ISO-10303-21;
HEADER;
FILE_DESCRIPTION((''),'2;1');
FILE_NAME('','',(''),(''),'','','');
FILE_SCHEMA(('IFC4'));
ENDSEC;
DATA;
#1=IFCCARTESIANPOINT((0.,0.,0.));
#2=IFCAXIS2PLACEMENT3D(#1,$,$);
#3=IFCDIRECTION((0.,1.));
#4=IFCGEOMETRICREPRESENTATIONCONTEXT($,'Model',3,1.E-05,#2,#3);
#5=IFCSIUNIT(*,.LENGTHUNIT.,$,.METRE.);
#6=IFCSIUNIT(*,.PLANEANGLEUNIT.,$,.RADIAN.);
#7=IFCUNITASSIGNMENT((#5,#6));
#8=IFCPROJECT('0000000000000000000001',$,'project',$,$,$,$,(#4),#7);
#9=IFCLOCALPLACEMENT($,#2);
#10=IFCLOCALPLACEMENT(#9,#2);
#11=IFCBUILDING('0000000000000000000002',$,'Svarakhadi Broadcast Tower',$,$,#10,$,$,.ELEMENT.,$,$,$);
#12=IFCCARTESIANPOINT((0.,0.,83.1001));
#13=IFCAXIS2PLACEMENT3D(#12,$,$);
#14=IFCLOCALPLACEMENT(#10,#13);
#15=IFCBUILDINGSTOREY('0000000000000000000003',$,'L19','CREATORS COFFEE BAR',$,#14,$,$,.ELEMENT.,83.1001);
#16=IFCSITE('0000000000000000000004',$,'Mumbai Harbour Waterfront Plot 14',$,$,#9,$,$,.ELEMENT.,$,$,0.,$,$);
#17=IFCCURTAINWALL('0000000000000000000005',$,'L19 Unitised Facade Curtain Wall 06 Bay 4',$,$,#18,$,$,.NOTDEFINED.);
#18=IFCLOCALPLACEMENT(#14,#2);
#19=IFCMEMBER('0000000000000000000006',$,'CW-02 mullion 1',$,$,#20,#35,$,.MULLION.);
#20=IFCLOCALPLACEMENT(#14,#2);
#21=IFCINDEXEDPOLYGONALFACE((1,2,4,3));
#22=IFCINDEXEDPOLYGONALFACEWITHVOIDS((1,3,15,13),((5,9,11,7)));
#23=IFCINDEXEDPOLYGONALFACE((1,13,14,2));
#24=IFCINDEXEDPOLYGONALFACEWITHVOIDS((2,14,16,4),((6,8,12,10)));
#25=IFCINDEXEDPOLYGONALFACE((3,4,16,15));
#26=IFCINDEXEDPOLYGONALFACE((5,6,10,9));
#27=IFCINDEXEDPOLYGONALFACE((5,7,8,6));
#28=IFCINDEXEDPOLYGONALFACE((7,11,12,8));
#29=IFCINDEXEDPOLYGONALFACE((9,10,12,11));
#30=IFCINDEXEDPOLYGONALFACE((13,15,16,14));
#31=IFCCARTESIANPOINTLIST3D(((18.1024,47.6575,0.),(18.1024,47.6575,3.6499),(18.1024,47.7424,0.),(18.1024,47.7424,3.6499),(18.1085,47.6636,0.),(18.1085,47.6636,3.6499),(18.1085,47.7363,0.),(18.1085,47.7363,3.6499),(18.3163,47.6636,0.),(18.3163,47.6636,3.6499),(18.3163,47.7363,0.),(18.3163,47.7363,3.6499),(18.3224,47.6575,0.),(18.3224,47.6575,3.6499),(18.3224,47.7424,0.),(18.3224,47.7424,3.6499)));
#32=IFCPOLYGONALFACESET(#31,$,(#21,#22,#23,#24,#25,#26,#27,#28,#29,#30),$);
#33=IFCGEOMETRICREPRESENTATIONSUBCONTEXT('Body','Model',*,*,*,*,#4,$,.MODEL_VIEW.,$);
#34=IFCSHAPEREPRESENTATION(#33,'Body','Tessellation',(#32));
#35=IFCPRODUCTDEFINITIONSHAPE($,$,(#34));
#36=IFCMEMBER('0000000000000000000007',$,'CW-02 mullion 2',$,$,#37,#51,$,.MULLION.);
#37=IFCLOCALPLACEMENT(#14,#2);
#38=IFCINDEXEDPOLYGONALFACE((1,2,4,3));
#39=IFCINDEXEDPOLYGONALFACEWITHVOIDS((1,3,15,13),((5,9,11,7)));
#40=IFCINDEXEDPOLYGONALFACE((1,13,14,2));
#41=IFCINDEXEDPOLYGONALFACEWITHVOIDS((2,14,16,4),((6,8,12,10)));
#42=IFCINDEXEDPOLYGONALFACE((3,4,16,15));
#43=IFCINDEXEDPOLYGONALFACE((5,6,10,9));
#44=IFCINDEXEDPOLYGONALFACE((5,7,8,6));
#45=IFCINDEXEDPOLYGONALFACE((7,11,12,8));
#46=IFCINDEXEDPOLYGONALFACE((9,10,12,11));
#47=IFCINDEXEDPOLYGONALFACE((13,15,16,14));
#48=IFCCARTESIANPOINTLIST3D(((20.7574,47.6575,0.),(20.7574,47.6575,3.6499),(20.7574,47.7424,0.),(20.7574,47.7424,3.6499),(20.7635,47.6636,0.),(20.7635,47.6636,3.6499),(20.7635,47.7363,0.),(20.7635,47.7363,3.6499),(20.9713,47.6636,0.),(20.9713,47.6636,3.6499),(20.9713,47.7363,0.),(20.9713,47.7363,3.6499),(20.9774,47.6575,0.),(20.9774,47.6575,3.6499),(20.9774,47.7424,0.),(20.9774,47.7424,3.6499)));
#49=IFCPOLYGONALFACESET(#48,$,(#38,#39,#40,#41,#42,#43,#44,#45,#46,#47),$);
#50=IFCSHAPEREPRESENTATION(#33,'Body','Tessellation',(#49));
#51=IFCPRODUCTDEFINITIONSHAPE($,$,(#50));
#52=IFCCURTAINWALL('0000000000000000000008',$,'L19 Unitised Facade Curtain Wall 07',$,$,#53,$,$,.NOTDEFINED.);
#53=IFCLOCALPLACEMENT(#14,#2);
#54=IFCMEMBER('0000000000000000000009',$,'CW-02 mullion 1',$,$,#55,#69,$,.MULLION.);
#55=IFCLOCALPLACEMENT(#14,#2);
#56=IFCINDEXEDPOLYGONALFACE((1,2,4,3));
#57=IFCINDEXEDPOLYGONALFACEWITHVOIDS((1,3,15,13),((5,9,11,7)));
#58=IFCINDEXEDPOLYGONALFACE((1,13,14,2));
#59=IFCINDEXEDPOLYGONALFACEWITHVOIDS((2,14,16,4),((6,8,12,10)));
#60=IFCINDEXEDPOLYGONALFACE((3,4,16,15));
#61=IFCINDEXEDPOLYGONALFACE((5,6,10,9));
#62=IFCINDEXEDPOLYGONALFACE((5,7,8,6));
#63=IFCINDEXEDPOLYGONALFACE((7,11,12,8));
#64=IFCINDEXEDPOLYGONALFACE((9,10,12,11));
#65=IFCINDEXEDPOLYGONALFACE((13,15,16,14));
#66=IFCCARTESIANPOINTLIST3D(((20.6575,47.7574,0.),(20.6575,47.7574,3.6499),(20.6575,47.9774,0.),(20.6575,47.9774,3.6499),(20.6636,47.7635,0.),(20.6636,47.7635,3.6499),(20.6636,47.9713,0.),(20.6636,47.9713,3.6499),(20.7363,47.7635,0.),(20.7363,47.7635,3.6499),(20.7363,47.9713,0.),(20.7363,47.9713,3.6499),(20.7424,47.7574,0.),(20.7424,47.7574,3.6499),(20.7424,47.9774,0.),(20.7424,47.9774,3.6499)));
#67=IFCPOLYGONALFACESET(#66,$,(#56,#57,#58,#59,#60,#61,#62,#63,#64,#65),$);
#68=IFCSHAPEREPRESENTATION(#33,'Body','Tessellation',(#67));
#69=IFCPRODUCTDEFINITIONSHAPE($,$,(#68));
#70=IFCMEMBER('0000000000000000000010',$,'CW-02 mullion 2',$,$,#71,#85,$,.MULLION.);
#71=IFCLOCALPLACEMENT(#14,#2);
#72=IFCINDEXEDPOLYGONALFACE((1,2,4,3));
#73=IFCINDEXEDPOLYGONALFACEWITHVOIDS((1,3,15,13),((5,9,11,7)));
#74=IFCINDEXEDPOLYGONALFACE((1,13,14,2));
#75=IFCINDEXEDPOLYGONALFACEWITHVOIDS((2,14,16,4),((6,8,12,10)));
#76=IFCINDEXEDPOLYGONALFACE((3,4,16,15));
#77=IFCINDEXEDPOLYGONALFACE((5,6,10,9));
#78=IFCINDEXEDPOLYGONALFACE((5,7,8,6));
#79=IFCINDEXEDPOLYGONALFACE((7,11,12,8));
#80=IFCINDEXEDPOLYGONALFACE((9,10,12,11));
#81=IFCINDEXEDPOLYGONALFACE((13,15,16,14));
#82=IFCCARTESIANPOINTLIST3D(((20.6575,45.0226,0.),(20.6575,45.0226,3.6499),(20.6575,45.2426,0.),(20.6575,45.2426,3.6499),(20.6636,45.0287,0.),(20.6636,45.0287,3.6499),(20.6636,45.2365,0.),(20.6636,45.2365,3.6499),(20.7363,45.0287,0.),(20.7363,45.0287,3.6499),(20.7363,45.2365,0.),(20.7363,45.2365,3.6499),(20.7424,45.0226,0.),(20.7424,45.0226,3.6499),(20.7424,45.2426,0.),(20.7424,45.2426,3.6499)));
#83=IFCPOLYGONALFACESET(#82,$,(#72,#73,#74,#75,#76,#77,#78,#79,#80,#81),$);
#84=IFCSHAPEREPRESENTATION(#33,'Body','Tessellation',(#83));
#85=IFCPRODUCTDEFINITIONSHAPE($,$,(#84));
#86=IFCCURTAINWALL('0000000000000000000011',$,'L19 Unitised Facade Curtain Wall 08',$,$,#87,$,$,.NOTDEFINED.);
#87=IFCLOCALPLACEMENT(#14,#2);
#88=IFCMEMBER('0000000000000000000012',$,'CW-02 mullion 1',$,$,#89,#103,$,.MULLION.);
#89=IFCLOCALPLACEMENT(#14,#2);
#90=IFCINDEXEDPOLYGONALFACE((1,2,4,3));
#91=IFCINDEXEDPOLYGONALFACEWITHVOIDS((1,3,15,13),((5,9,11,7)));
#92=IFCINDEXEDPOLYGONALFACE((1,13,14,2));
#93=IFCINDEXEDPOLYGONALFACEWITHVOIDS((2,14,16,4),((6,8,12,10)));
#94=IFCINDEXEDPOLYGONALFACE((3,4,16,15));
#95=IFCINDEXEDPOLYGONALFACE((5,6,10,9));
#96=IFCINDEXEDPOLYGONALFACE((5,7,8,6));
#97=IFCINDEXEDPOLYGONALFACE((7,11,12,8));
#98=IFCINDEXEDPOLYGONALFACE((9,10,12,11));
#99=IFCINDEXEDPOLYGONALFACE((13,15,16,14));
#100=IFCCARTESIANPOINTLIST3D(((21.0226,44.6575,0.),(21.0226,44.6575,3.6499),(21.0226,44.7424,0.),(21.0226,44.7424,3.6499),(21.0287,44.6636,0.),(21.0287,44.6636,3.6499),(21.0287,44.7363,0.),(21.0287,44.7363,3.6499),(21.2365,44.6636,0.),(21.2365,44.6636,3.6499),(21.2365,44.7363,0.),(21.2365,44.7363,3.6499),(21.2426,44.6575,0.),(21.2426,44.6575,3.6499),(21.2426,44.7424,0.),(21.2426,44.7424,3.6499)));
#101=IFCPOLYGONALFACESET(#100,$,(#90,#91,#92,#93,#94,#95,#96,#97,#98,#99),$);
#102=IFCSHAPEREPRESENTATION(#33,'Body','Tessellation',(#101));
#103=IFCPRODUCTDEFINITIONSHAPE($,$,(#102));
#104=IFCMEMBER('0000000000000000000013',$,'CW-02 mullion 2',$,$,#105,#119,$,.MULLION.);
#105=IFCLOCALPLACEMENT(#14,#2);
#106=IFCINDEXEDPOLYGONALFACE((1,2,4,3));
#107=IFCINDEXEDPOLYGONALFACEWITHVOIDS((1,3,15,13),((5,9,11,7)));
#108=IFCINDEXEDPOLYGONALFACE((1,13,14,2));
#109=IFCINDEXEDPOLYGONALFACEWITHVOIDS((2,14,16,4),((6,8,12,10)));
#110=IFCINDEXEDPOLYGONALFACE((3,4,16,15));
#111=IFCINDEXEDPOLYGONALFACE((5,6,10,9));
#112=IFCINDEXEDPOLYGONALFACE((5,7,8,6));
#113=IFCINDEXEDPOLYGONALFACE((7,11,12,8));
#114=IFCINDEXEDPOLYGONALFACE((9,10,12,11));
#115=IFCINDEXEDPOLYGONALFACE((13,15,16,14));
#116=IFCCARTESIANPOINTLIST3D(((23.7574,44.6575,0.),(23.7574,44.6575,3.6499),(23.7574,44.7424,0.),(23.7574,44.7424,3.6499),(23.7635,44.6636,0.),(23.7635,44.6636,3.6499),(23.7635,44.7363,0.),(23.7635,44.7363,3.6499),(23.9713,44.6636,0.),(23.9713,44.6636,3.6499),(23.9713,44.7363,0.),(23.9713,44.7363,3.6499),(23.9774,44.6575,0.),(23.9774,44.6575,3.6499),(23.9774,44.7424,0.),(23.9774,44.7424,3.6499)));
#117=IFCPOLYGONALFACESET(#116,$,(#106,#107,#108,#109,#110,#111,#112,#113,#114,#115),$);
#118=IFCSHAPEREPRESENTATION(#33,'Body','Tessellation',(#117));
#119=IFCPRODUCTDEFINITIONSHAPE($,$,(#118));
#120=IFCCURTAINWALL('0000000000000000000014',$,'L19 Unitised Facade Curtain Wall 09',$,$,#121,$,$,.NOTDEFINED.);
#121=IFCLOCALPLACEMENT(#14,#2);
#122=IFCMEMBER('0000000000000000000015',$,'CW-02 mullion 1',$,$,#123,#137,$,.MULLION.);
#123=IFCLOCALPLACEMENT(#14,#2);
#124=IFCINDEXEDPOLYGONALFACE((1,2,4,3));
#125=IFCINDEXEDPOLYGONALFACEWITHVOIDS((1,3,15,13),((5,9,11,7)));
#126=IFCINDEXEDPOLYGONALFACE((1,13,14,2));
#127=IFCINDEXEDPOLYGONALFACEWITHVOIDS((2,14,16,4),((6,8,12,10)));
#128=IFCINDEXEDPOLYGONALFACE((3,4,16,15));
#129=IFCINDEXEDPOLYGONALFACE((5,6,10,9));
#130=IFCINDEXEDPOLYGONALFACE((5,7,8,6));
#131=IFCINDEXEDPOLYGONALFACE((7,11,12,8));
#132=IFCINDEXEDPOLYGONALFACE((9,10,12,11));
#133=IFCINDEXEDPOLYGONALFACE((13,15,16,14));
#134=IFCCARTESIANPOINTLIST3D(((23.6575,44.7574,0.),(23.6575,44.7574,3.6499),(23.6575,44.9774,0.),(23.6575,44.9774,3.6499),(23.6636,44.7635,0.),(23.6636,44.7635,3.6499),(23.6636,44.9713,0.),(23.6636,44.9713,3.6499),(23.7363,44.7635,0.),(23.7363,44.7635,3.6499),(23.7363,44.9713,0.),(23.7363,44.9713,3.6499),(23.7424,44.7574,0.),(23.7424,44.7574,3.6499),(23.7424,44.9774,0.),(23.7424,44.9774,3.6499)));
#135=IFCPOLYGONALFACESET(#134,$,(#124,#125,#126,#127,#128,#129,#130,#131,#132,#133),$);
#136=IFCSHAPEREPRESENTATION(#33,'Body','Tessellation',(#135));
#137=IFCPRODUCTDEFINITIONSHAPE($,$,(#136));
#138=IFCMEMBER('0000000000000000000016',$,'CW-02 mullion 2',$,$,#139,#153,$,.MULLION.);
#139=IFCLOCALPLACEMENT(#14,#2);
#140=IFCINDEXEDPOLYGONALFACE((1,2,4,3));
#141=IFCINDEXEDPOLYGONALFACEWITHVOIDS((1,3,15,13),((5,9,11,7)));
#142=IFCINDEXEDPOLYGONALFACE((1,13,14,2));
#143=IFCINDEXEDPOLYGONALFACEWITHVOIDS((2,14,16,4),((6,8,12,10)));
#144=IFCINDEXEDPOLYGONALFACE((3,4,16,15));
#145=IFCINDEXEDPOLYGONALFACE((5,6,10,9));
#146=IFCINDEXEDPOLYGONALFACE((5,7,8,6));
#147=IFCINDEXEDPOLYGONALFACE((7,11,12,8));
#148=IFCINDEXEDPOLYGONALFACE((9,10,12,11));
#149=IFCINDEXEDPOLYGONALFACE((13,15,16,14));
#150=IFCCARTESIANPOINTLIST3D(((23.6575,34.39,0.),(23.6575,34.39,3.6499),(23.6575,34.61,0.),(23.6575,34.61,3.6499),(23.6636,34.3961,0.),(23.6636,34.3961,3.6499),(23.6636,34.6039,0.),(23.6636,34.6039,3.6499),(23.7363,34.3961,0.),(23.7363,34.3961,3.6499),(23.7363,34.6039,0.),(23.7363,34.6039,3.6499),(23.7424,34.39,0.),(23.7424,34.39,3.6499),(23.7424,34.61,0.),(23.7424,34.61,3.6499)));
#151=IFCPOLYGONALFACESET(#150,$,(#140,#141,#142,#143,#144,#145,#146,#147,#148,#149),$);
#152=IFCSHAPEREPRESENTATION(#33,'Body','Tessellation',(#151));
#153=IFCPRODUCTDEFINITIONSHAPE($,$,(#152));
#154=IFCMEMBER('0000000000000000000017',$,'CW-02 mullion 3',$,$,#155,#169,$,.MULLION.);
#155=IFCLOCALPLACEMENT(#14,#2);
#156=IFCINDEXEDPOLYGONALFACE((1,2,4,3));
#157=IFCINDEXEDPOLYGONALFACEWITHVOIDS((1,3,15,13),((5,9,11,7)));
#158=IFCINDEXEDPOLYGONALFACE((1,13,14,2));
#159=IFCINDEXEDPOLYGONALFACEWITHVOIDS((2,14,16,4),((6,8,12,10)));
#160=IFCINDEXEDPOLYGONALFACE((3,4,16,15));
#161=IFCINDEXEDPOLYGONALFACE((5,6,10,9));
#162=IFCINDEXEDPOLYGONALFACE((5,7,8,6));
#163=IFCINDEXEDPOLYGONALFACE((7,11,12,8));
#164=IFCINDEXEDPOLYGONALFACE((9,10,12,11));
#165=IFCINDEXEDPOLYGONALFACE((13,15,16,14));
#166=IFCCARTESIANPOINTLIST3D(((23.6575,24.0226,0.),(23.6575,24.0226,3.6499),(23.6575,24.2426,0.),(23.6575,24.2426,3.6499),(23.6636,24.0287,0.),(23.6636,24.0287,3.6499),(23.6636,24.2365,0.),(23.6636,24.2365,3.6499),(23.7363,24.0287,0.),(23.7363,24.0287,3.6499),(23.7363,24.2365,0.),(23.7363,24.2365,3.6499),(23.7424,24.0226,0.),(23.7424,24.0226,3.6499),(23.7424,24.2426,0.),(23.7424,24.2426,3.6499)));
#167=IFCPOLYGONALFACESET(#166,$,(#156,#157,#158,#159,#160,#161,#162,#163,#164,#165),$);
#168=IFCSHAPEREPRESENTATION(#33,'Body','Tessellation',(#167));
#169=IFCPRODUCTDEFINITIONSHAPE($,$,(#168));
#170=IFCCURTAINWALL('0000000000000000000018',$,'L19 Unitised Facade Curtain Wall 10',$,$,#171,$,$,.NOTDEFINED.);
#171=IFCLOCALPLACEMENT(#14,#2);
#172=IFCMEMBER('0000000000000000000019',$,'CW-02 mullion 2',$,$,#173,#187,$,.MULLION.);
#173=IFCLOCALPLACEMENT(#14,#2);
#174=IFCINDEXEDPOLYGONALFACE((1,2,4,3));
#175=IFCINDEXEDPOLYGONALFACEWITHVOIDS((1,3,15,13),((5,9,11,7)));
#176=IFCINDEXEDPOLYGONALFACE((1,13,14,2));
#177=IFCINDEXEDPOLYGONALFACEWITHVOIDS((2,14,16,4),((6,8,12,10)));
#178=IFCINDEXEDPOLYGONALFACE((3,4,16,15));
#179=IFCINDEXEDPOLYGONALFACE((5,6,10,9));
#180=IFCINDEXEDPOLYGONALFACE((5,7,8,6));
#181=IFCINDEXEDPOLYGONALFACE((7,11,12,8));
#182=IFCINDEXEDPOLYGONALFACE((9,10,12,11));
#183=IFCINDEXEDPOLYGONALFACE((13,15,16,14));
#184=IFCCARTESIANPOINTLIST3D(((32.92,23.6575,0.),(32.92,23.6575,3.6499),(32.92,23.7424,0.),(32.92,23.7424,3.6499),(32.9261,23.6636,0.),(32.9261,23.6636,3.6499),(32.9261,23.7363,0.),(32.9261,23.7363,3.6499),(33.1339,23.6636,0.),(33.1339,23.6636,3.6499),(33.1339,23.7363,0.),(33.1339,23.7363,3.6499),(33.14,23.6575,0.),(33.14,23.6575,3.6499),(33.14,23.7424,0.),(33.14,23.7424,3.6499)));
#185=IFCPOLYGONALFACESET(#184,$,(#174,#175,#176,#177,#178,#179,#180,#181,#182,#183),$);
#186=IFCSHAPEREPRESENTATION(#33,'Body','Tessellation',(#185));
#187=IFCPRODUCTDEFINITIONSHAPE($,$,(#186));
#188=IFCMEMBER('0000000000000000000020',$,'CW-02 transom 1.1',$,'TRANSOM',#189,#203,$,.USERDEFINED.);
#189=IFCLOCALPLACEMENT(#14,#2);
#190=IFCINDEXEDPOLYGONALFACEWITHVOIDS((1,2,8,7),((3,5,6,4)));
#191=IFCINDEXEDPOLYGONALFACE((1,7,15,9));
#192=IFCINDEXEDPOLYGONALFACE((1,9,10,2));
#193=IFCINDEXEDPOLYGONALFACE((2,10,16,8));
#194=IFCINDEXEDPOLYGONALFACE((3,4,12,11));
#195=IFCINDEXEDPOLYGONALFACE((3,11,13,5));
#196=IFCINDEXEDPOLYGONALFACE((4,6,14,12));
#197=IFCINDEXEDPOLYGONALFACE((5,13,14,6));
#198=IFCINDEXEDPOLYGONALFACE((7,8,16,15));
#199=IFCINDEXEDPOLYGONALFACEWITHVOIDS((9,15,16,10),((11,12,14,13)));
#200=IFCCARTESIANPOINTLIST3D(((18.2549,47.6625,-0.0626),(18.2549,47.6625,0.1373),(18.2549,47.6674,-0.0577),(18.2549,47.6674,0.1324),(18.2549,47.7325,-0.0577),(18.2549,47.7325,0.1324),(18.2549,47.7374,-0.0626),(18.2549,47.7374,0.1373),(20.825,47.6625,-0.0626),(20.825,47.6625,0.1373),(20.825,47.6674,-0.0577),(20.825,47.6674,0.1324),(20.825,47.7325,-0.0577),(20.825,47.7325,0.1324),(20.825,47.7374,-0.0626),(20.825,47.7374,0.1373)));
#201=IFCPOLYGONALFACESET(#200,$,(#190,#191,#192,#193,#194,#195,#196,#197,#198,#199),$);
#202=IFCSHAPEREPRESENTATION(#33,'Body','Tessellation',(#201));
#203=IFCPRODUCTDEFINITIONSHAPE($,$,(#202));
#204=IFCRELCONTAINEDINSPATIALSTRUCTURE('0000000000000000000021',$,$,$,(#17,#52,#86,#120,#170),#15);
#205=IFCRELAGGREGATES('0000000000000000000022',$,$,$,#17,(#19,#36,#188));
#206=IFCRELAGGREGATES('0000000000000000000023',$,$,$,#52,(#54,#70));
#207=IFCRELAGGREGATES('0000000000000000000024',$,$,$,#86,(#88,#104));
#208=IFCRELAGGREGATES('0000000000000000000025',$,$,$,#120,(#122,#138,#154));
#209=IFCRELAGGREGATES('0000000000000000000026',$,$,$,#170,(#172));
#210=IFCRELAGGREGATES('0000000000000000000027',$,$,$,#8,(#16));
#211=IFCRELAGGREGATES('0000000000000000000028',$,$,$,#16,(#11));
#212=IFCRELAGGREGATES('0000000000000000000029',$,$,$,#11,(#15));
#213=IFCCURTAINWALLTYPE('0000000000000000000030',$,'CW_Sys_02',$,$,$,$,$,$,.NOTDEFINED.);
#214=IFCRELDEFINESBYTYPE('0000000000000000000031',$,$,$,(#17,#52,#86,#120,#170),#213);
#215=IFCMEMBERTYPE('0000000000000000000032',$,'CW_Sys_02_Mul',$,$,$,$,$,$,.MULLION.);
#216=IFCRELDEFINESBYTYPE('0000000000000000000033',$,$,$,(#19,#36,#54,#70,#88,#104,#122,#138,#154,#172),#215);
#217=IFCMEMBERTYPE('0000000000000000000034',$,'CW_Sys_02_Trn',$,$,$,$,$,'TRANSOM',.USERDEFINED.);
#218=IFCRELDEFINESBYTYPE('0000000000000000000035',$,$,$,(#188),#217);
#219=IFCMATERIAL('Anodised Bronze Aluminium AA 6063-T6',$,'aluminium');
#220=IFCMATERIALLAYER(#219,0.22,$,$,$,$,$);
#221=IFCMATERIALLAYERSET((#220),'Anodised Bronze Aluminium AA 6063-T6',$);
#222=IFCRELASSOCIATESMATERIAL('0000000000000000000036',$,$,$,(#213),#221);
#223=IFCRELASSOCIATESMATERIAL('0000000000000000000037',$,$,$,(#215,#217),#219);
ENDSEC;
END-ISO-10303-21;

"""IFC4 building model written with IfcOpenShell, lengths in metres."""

from ifc_helpers import new_model, si_unit, direction, frame, origin, origin_2d, place, context, subcontext, project, spatial, hollow_rectangle, extrude, material, layer, layer_set, material_profile, profile_set, type_object, element, aggregate, save


model = new_model("IFC4")

# Units and contexts
model_context = context("Model", 3, precision=1e-05, world=origin(), true_north=direction((0.0, 1.0)))
body_context = subcontext(model_context, "Body", "Model", "MODEL_VIEW")
ifc_project = project(units=[si_unit("LENGTHUNIT", "METRE"), si_unit("PLANEANGLEUNIT", "RADIAN")], contexts=[model_context])

# Site, building, storey
site_placement = place(None, origin())
site = spatial("IfcSite", under=ifc_project, at=site_placement, Name="Mumbai Harbour Waterfront Plot 14", CompositionType="ELEMENT", RefElevation=0.0)
building_placement = place(site_placement, origin())
building = spatial("IfcBuilding", under=site, at=building_placement, Name="Svarakhadi Broadcast Tower", CompositionType="ELEMENT")
storey_placement = place(building_placement, frame((0.0, 0.0, 83.1001)))
storey = spatial("IfcBuildingStorey", under=building, at=storey_placement, Name="L19", Description="CREATORS COFFEE BAR", CompositionType="ELEMENT", Elevation=83.1001)

# Curtain walls, members
ifc_material_1 = material(Name="Anodised Bronze Aluminium AA 6063-T6", Category="aluminium")
ifc_layer_1 = layer(ifc_material_1, 0.22)
ifc_layer_set_1 = layer_set([ifc_layer_1], Name="Anodised Bronze Aluminium AA 6063-T6")
curtain_wall_type = type_object("IfcCurtainWallType", Name="CW_Sys_02", PredefinedType="NOTDEFINED", material=ifc_layer_set_1)
curtain_wall_1_placement = place(storey_placement, origin())
curtain_wall_1 = element("IfcCurtainWall", 1, at=curtain_wall_1_placement, inside=storey, type_object=curtain_wall_type, Name="L19 Unitised Facade Curtain Wall 06 Bay 4", PredefinedType="NOTDEFINED")
ifc_material_profile_1 = material_profile(ifc_material_1, hollow_rectangle(XDim=0.085, YDim=0.22, WallThickness=0.0061, at=origin_2d()), Name="ALU MULLION 220x85x6")
ifc_profile_set_1 = profile_set([ifc_material_profile_1], Name="Anodised Bronze Aluminium AA 6063-T6")
member_type_1 = type_object("IfcMemberType", Name="CW_Sys_02_Mul", PredefinedType="MULLION", material=ifc_profile_set_1)
member_1_placement = place(storey_placement, frame((18.2124, 47.7, 0.0), z_axis=(0.0, 0.0, 1.0), x_axis=(0.0, 1.0, 0.0)))
member_1 = element("IfcMember", 2, at=member_1_placement, type_object=member_type_1, Name="CW-02 mullion 1", PredefinedType="MULLION", context=body_context, shape_type="SweptSolid", body=[
    extrude(hollow_rectangle(XDim=0.085, YDim=0.22, WallThickness=0.0061, at=origin_2d()), origin(), (0.0, 0.0, 1.0), 3.6499),
])
member_2_placement = place(storey_placement, frame((20.8674, 47.7, 0.0), z_axis=(0.0, 0.0, 1.0), x_axis=(0.0, 1.0, 0.0)))
member_2 = element("IfcMember", 3, at=member_2_placement, type_object=member_type_1, Name="CW-02 mullion 2", PredefinedType="MULLION", context=body_context, shape_type="SweptSolid", body=[
    extrude(hollow_rectangle(XDim=0.085, YDim=0.22, WallThickness=0.0061, at=origin_2d()), origin(), (0.0, 0.0, 1.0), 3.6499),
])
curtain_wall_2_placement = place(storey_placement, origin())
curtain_wall_2 = element("IfcCurtainWall", 4, at=curtain_wall_2_placement, inside=storey, type_object=curtain_wall_type, Name="L19 Unitised Facade Curtain Wall 07", PredefinedType="NOTDEFINED")
member_3_placement = place(storey_placement, frame((20.7, 47.8674, 0.0), z_axis=(0.0, 0.0, 1.0), x_axis=(1.0, 0.0, 0.0)))
member_3 = element("IfcMember", 5, at=member_3_placement, type_object=member_type_1, Name="CW-02 mullion 1", PredefinedType="MULLION", context=body_context, shape_type="SweptSolid", body=[
    extrude(hollow_rectangle(XDim=0.085, YDim=0.22, WallThickness=0.0061, at=origin_2d()), origin(), (0.0, 0.0, 1.0), 3.6499),
])
member_4_placement = place(storey_placement, frame((20.7, 45.1326, 0.0), z_axis=(0.0, 0.0, 1.0), x_axis=(1.0, 0.0, 0.0)))
member_4 = element("IfcMember", 6, at=member_4_placement, type_object=member_type_1, Name="CW-02 mullion 2", PredefinedType="MULLION", context=body_context, shape_type="SweptSolid", body=[
    extrude(hollow_rectangle(XDim=0.085, YDim=0.22, WallThickness=0.0061, at=origin_2d()), origin(), (0.0, 0.0, 1.0), 3.6499),
])
curtain_wall_3_placement = place(storey_placement, origin())
curtain_wall_3 = element("IfcCurtainWall", 7, at=curtain_wall_3_placement, inside=storey, type_object=curtain_wall_type, Name="L19 Unitised Facade Curtain Wall 08", PredefinedType="NOTDEFINED")
member_5_placement = place(storey_placement, frame((21.1326, 44.7, 0.0), z_axis=(0.0, 0.0, 1.0), x_axis=(0.0, 1.0, 0.0)))
member_5 = element("IfcMember", 8, at=member_5_placement, type_object=member_type_1, Name="CW-02 mullion 1", PredefinedType="MULLION", context=body_context, shape_type="SweptSolid", body=[
    extrude(hollow_rectangle(XDim=0.085, YDim=0.22, WallThickness=0.0061, at=origin_2d()), origin(), (0.0, 0.0, 1.0), 3.6499),
])
member_6_placement = place(storey_placement, frame((23.8674, 44.7, 0.0), z_axis=(0.0, 0.0, 1.0), x_axis=(0.0, 1.0, 0.0)))
member_6 = element("IfcMember", 9, at=member_6_placement, type_object=member_type_1, Name="CW-02 mullion 2", PredefinedType="MULLION", context=body_context, shape_type="SweptSolid", body=[
    extrude(hollow_rectangle(XDim=0.085, YDim=0.22, WallThickness=0.0061, at=origin_2d()), origin(), (0.0, 0.0, 1.0), 3.6499),
])
curtain_wall_4_placement = place(storey_placement, origin())
curtain_wall_4 = element("IfcCurtainWall", 10, at=curtain_wall_4_placement, inside=storey, type_object=curtain_wall_type, Name="L19 Unitised Facade Curtain Wall 09", PredefinedType="NOTDEFINED")
member_7_placement = place(storey_placement, frame((23.7, 44.8674, 0.0), z_axis=(0.0, 0.0, 1.0), x_axis=(1.0, 0.0, 0.0)))
member_7 = element("IfcMember", 11, at=member_7_placement, type_object=member_type_1, Name="CW-02 mullion 1", PredefinedType="MULLION", context=body_context, shape_type="SweptSolid", body=[
    extrude(hollow_rectangle(XDim=0.085, YDim=0.22, WallThickness=0.0061, at=origin_2d()), origin(), (0.0, 0.0, 1.0), 3.6499),
])
member_8_placement = place(storey_placement, frame((23.7, 34.5, 0.0), z_axis=(0.0, 0.0, 1.0), x_axis=(1.0, 0.0, 0.0)))
member_8 = element("IfcMember", 12, at=member_8_placement, type_object=member_type_1, Name="CW-02 mullion 2", PredefinedType="MULLION", context=body_context, shape_type="SweptSolid", body=[
    extrude(hollow_rectangle(XDim=0.085, YDim=0.22, WallThickness=0.0061, at=origin_2d()), origin(), (0.0, 0.0, 1.0), 3.6499),
])
member_9_placement = place(storey_placement, frame((23.7, 24.1326, 0.0), z_axis=(0.0, 0.0, 1.0), x_axis=(1.0, 0.0, 0.0)))
member_9 = element("IfcMember", 13, at=member_9_placement, type_object=member_type_1, Name="CW-02 mullion 3", PredefinedType="MULLION", context=body_context, shape_type="SweptSolid", body=[
    extrude(hollow_rectangle(XDim=0.085, YDim=0.22, WallThickness=0.0061, at=origin_2d()), origin(), (0.0, 0.0, 1.0), 3.6499),
])

# Curtain wall, member
curtain_wall_5_placement = place(storey_placement, origin())
curtain_wall_5 = element("IfcCurtainWall", 14, at=curtain_wall_5_placement, inside=storey, type_object=curtain_wall_type, Name="L19 Unitised Facade Curtain Wall 10", PredefinedType="NOTDEFINED")
member_10_placement = place(storey_placement, frame((33.03, 23.7, 0.0), z_axis=(0.0, 0.0, 1.0), x_axis=(0.0, 1.0, 0.0)))
member_10 = element("IfcMember", 15, at=member_10_placement, type_object=member_type_1, Name="CW-02 mullion 2", PredefinedType="MULLION", context=body_context, shape_type="SweptSolid", body=[
    extrude(hollow_rectangle(XDim=0.085, YDim=0.22, WallThickness=0.0061, at=origin_2d()), origin(), (0.0, 0.0, 1.0), 3.6499),
])

# Member
ifc_material_profile_2 = material_profile(ifc_material_1, hollow_rectangle(XDim=0.075, YDim=0.2, WallThickness=0.0049, at=origin_2d()), Name="ALU TRANSOM 200x75x5")
ifc_profile_set_2 = profile_set([ifc_material_profile_2], Name="Anodised Bronze Aluminium AA 6063-T6")
member_type_2 = type_object("IfcMemberType", Name="CW_Sys_02_Trn", ElementType="TRANSOM", PredefinedType="USERDEFINED", material=ifc_profile_set_2)
member_11_placement = place(storey_placement, frame((18.2549, 47.7, 0.0374), z_axis=(1.0, 0.0, 0.0), x_axis=(0.0, 1.0, 0.0)))
member_11 = element("IfcMember", 16, at=member_11_placement, type_object=member_type_2, Name="CW-02 transom 1.1", ObjectType="TRANSOM", PredefinedType="USERDEFINED", context=body_context, shape_type="SweptSolid", body=[
    extrude(hollow_rectangle(XDim=0.075, YDim=0.2, WallThickness=0.0049, at=origin_2d()), origin(), (0.0, 0.0, 1.0), 2.5701),
])

aggregate(curtain_wall_1, [member_1, member_2, member_11])
aggregate(curtain_wall_2, [member_3, member_4])
aggregate(curtain_wall_3, [member_5, member_6])
aggregate(curtain_wall_4, [member_7, member_8, member_9])
aggregate(curtain_wall_5, [member_10])

save(model, "model.ifc")
